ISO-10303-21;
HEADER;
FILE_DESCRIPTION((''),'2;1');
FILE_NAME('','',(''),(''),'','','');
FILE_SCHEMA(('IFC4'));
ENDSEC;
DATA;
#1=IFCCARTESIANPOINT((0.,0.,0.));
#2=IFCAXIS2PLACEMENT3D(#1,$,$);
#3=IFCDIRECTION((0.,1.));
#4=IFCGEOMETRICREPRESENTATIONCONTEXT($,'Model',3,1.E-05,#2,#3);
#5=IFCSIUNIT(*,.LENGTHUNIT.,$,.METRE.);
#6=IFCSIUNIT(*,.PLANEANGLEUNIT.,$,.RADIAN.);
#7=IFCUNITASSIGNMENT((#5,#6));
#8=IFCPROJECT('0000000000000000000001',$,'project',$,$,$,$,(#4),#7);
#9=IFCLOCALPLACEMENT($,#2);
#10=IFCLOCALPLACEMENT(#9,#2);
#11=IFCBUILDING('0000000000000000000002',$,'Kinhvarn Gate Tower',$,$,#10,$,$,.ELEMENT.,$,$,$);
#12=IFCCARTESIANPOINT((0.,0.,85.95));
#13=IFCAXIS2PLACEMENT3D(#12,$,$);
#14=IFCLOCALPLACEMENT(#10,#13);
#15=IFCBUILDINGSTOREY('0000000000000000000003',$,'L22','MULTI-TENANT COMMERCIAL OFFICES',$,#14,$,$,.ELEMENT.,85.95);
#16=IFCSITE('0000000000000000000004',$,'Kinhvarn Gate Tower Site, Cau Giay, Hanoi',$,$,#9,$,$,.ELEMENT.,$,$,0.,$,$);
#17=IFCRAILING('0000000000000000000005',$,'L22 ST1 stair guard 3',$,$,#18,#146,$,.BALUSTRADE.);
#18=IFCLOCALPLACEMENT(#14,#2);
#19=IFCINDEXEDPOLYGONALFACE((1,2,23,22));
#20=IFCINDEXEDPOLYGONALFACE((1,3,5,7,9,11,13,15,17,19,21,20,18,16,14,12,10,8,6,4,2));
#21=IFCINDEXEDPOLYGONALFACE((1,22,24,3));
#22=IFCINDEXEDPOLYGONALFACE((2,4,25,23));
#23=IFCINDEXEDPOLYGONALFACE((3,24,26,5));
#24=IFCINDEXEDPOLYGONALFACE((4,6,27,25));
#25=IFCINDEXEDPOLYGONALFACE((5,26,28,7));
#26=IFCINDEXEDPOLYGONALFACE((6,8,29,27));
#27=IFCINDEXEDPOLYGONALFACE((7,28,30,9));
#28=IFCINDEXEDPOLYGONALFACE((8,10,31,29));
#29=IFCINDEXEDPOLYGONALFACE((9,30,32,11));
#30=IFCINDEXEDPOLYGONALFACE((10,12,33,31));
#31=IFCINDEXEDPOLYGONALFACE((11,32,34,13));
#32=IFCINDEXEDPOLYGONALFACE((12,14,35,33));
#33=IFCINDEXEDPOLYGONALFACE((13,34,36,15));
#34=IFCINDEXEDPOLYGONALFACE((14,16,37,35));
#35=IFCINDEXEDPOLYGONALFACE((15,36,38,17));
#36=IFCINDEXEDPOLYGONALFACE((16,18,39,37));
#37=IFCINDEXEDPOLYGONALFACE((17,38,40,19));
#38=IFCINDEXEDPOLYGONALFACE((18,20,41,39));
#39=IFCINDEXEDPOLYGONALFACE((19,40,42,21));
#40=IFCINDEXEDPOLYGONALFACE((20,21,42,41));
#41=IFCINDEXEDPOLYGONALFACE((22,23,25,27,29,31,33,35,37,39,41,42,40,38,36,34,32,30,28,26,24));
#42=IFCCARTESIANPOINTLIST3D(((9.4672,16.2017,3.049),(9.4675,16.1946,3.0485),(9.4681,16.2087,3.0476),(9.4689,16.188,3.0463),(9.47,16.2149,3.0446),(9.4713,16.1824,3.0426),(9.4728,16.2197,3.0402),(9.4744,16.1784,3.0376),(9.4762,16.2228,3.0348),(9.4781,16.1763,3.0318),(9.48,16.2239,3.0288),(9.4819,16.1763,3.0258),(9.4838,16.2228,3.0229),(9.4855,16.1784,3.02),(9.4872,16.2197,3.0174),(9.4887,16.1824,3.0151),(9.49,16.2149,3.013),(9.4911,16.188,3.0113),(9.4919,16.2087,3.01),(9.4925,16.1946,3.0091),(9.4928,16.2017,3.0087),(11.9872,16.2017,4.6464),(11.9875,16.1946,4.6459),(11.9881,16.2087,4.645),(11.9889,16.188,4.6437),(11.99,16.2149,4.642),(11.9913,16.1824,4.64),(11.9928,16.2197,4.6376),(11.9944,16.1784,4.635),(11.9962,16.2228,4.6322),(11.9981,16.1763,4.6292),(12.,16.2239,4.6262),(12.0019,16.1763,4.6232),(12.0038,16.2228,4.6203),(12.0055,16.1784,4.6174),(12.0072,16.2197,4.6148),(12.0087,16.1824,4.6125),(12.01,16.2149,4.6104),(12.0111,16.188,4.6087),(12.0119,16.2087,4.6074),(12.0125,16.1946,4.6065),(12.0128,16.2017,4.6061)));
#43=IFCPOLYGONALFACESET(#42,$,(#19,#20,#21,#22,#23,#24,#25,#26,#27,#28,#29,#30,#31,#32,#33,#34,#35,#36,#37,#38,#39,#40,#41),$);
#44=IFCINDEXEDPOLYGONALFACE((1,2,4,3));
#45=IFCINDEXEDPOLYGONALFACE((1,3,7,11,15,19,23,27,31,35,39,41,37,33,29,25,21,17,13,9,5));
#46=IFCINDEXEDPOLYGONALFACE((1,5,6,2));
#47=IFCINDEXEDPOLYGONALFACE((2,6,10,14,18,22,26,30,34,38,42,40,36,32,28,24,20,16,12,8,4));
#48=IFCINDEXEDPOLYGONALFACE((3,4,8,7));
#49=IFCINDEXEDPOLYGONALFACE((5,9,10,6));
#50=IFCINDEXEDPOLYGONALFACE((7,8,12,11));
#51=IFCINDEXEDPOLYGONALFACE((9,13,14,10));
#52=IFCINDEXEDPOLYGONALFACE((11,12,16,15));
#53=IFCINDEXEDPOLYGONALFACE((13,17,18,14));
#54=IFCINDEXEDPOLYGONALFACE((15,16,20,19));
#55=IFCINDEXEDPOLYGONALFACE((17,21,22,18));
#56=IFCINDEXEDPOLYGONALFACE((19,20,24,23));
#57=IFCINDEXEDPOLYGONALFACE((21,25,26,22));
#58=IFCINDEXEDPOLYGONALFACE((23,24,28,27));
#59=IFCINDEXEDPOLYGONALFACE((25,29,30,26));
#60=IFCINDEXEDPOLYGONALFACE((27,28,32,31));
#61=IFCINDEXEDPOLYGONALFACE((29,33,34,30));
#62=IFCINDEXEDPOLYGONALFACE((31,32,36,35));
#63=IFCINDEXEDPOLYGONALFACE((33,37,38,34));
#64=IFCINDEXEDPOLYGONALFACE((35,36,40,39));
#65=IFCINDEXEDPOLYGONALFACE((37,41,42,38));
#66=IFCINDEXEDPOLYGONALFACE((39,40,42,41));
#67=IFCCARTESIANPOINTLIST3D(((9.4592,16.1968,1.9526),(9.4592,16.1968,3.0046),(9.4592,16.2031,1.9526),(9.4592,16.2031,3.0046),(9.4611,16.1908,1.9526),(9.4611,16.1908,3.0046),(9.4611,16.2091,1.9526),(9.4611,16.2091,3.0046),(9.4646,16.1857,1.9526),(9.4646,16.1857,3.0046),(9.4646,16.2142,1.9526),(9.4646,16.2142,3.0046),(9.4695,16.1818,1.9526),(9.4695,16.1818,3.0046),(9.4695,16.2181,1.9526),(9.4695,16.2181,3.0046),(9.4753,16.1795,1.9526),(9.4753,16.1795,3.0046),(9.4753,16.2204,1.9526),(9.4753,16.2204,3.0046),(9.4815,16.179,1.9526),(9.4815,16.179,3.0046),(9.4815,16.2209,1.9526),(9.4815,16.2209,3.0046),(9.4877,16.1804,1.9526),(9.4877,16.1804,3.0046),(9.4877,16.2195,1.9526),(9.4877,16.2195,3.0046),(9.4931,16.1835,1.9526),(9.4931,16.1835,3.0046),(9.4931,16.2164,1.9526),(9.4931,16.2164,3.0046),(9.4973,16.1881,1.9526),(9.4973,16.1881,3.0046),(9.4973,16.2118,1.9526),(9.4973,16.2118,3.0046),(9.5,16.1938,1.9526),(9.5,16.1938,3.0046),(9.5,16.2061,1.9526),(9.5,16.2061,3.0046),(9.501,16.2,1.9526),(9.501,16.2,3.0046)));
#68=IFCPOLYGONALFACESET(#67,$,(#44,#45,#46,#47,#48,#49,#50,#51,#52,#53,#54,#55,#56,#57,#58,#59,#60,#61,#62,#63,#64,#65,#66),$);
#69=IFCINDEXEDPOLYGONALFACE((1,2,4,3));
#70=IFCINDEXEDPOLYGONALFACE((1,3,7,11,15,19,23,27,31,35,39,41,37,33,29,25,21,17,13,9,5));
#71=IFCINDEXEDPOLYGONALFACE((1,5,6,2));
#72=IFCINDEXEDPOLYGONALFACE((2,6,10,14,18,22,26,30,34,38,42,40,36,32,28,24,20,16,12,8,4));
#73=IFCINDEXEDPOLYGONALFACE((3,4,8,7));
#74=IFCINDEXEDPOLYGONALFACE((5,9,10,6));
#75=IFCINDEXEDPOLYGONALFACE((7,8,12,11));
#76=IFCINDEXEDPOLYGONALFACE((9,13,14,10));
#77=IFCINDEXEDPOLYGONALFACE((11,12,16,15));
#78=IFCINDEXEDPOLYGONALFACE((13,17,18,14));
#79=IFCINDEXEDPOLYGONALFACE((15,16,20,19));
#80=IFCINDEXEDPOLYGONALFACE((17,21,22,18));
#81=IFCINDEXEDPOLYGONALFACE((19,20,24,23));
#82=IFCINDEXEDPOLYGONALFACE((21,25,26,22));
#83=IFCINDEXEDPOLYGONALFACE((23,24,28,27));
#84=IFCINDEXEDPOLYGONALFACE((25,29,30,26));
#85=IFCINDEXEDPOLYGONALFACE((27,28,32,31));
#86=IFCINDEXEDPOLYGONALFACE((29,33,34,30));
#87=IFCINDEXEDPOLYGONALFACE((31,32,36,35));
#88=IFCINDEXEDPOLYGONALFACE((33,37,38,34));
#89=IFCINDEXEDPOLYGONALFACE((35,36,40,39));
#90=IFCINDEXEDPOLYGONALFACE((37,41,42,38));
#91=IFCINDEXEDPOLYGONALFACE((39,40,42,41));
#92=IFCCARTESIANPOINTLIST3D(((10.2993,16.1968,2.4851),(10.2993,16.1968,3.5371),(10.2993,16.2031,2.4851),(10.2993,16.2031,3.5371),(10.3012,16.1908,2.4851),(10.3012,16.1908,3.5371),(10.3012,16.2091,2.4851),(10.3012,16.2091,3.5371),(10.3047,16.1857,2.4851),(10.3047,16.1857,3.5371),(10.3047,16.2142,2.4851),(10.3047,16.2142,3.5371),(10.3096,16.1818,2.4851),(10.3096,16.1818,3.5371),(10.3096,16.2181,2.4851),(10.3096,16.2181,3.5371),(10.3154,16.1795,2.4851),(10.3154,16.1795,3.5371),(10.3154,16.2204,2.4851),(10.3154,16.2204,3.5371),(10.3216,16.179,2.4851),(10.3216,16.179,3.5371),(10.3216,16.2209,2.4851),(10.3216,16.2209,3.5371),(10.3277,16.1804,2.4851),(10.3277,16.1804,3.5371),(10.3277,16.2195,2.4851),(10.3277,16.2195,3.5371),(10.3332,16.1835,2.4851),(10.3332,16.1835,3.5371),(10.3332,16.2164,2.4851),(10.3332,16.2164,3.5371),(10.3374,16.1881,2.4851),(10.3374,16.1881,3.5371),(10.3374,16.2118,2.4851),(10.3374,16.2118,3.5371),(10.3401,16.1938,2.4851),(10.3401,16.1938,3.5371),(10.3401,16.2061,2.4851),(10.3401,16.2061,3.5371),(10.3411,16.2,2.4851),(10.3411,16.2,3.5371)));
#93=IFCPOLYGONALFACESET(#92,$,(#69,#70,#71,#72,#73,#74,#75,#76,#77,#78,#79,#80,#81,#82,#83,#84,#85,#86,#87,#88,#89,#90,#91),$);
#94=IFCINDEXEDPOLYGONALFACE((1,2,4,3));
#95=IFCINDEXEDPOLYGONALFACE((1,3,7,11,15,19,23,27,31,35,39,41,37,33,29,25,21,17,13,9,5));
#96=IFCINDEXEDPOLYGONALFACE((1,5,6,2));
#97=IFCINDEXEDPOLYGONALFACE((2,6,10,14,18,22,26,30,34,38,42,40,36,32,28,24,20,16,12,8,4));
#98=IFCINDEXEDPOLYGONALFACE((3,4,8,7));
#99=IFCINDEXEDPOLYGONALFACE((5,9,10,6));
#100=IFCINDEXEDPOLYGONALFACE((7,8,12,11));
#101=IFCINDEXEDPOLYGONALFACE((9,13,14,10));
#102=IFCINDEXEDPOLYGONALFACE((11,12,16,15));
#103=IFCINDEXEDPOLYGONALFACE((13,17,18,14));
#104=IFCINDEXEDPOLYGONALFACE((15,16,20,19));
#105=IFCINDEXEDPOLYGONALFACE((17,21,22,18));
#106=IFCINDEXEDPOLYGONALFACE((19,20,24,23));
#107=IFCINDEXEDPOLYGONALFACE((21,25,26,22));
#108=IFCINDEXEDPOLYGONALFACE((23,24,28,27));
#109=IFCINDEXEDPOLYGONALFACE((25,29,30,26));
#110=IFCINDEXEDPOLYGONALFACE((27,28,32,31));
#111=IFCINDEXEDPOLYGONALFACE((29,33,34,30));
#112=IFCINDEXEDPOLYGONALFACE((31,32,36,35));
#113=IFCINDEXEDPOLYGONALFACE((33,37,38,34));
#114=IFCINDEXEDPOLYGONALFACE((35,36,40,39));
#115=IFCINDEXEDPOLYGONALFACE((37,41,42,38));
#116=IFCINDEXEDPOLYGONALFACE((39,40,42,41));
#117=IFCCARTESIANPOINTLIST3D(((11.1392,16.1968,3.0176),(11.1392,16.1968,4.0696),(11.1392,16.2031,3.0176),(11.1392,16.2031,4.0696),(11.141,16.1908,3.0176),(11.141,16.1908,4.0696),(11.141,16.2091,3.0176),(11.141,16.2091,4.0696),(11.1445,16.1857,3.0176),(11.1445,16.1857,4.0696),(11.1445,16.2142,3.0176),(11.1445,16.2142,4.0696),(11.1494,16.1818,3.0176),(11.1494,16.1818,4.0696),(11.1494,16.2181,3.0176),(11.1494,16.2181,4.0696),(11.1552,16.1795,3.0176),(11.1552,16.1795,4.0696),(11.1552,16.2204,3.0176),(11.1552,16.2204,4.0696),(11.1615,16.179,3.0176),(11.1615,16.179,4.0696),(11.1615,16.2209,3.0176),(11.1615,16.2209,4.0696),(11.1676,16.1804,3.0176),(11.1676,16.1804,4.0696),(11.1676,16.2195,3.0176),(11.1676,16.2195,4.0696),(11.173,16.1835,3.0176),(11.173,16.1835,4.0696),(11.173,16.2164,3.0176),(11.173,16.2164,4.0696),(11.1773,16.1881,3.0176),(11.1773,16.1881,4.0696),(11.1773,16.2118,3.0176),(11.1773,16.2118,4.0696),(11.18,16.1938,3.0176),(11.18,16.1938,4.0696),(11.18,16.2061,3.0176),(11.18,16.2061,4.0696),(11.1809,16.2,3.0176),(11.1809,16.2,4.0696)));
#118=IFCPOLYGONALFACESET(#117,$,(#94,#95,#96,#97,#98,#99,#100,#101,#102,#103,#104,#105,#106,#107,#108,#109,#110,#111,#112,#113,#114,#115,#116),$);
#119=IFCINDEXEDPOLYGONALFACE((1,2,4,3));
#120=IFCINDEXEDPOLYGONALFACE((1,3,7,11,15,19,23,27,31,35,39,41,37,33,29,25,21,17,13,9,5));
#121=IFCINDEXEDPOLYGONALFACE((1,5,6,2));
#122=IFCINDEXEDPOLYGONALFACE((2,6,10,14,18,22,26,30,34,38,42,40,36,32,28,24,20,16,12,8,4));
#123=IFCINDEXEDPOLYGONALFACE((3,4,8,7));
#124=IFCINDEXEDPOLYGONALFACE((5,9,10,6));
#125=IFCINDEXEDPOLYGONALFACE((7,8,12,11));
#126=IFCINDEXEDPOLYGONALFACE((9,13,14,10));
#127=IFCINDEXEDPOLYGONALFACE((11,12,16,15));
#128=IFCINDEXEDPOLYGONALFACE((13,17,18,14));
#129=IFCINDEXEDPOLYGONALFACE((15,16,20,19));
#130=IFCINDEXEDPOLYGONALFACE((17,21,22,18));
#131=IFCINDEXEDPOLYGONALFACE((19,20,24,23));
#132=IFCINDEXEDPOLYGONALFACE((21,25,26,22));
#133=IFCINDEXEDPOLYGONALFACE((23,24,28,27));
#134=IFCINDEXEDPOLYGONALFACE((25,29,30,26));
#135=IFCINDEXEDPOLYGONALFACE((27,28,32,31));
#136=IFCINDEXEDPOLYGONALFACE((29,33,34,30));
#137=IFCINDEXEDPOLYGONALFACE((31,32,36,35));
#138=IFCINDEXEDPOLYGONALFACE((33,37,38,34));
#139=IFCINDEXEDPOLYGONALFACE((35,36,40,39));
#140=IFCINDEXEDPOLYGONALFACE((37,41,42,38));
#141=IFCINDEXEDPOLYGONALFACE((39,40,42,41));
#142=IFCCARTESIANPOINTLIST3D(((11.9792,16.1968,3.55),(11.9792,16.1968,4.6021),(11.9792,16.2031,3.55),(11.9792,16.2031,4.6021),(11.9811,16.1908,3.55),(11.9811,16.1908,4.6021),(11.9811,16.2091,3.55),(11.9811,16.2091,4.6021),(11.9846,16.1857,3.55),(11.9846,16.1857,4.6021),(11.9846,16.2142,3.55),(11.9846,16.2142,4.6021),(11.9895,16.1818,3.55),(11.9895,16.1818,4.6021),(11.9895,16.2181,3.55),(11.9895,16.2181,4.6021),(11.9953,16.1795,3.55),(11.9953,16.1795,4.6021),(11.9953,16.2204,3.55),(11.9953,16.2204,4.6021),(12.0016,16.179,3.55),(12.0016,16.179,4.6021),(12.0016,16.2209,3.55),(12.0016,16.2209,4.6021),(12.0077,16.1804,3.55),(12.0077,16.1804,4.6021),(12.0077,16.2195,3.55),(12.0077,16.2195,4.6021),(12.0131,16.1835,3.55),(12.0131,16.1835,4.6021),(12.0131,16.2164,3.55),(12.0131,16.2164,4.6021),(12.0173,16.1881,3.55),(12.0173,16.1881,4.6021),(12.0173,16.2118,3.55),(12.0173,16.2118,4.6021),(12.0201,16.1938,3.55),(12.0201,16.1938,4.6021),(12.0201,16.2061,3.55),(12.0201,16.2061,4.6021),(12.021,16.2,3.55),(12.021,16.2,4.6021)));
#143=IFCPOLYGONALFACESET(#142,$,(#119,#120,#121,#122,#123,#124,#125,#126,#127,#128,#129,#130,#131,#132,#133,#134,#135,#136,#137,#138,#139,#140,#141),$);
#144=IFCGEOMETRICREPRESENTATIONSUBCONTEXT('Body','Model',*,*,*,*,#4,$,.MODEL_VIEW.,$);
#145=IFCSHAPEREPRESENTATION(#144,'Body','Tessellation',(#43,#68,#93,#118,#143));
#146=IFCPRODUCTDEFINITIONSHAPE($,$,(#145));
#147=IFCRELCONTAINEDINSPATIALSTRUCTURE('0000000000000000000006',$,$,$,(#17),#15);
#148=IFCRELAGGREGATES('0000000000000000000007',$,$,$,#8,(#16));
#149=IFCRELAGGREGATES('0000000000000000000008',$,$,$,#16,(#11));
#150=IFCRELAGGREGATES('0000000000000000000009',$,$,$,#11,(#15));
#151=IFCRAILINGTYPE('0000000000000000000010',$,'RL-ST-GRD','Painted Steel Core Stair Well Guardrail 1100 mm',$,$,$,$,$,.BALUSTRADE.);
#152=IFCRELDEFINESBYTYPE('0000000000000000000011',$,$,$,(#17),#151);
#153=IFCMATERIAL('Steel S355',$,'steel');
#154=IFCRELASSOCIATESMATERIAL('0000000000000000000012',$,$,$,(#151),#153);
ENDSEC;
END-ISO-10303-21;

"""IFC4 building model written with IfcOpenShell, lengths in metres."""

from ifc_helpers import new_model, si_unit, direction, frame, origin, origin_2d, place, context, subcontext, project, spatial, circle, extrude, material, type_object, element, save


model = new_model("IFC4")

# Units and contexts
model_context = context("Model", 3, precision=1e-05, world=origin(), true_north=direction((0.0, 1.0)))
body_context = subcontext(model_context, "Body", "Model", "MODEL_VIEW")
ifc_project = project(units=[si_unit("LENGTHUNIT", "METRE"), si_unit("PLANEANGLEUNIT", "RADIAN")], contexts=[model_context])

# Site, building, storey
site_placement = place(None, origin())
site = spatial("IfcSite", under=ifc_project, at=site_placement, Name="Kinhvarn Gate Tower Site, Cau Giay, Hanoi", CompositionType="ELEMENT", RefElevation=0.0)
building_placement = place(site_placement, origin())
building = spatial("IfcBuilding", under=site, at=building_placement, Name="Kinhvarn Gate Tower", CompositionType="ELEMENT")
storey_placement = place(building_placement, frame((0.0, 0.0, 85.95)))
storey = spatial("IfcBuildingStorey", under=building, at=storey_placement, Name="L22", Description="MULTI-TENANT COMMERCIAL OFFICES", CompositionType="ELEMENT", Elevation=85.95)

# Shared definitions
ifc_material_1 = material(Name="Steel S355", Category="steel")

# Railing
railing_type_1 = type_object("IfcRailingType", Name="RL-ST-GRD", Description="Painted Steel Core Stair Well Guardrail 1100 mm", PredefinedType="BALUSTRADE", material=ifc_material_1)
railing_1_placement = place(storey_placement, frame((9.48, 16.2, 1.9526)))
element("IfcRailing", 1, at=railing_1_placement, inside=storey, type_object=railing_type_1, Name="L22 ST1 stair guard 3", PredefinedType="BALUSTRADE", context=body_context, shape_type="SweptSolid", body=[
    extrude(circle(Radius=0.0239, at=origin_2d()), frame((0.0, 0.0, 1.0762), z_axis=(0.844607, 0.0, 0.535387), x_axis=(0.0, 1.0, 0.0)), (0.0, 0.0, 1.0), 2.9836),
    extrude(circle(Radius=0.021, at=origin_2d()), origin(), (0.0, 0.0, 1.0), 1.052),
    extrude(circle(Radius=0.021, at=origin_2d()), frame((0.8401, 0.0, 0.5325)), (0.0, 0.0, 1.0), 1.052),
    extrude(circle(Radius=0.021, at=origin_2d()), frame((1.6799, 0.0, 1.0649)), (0.0, 0.0, 1.0), 1.052),
    extrude(circle(Radius=0.021, at=origin_2d()), frame((2.52, 0.0, 1.5974)), (0.0, 0.0, 1.0), 1.052),
])

save(model, "model.ifc")
